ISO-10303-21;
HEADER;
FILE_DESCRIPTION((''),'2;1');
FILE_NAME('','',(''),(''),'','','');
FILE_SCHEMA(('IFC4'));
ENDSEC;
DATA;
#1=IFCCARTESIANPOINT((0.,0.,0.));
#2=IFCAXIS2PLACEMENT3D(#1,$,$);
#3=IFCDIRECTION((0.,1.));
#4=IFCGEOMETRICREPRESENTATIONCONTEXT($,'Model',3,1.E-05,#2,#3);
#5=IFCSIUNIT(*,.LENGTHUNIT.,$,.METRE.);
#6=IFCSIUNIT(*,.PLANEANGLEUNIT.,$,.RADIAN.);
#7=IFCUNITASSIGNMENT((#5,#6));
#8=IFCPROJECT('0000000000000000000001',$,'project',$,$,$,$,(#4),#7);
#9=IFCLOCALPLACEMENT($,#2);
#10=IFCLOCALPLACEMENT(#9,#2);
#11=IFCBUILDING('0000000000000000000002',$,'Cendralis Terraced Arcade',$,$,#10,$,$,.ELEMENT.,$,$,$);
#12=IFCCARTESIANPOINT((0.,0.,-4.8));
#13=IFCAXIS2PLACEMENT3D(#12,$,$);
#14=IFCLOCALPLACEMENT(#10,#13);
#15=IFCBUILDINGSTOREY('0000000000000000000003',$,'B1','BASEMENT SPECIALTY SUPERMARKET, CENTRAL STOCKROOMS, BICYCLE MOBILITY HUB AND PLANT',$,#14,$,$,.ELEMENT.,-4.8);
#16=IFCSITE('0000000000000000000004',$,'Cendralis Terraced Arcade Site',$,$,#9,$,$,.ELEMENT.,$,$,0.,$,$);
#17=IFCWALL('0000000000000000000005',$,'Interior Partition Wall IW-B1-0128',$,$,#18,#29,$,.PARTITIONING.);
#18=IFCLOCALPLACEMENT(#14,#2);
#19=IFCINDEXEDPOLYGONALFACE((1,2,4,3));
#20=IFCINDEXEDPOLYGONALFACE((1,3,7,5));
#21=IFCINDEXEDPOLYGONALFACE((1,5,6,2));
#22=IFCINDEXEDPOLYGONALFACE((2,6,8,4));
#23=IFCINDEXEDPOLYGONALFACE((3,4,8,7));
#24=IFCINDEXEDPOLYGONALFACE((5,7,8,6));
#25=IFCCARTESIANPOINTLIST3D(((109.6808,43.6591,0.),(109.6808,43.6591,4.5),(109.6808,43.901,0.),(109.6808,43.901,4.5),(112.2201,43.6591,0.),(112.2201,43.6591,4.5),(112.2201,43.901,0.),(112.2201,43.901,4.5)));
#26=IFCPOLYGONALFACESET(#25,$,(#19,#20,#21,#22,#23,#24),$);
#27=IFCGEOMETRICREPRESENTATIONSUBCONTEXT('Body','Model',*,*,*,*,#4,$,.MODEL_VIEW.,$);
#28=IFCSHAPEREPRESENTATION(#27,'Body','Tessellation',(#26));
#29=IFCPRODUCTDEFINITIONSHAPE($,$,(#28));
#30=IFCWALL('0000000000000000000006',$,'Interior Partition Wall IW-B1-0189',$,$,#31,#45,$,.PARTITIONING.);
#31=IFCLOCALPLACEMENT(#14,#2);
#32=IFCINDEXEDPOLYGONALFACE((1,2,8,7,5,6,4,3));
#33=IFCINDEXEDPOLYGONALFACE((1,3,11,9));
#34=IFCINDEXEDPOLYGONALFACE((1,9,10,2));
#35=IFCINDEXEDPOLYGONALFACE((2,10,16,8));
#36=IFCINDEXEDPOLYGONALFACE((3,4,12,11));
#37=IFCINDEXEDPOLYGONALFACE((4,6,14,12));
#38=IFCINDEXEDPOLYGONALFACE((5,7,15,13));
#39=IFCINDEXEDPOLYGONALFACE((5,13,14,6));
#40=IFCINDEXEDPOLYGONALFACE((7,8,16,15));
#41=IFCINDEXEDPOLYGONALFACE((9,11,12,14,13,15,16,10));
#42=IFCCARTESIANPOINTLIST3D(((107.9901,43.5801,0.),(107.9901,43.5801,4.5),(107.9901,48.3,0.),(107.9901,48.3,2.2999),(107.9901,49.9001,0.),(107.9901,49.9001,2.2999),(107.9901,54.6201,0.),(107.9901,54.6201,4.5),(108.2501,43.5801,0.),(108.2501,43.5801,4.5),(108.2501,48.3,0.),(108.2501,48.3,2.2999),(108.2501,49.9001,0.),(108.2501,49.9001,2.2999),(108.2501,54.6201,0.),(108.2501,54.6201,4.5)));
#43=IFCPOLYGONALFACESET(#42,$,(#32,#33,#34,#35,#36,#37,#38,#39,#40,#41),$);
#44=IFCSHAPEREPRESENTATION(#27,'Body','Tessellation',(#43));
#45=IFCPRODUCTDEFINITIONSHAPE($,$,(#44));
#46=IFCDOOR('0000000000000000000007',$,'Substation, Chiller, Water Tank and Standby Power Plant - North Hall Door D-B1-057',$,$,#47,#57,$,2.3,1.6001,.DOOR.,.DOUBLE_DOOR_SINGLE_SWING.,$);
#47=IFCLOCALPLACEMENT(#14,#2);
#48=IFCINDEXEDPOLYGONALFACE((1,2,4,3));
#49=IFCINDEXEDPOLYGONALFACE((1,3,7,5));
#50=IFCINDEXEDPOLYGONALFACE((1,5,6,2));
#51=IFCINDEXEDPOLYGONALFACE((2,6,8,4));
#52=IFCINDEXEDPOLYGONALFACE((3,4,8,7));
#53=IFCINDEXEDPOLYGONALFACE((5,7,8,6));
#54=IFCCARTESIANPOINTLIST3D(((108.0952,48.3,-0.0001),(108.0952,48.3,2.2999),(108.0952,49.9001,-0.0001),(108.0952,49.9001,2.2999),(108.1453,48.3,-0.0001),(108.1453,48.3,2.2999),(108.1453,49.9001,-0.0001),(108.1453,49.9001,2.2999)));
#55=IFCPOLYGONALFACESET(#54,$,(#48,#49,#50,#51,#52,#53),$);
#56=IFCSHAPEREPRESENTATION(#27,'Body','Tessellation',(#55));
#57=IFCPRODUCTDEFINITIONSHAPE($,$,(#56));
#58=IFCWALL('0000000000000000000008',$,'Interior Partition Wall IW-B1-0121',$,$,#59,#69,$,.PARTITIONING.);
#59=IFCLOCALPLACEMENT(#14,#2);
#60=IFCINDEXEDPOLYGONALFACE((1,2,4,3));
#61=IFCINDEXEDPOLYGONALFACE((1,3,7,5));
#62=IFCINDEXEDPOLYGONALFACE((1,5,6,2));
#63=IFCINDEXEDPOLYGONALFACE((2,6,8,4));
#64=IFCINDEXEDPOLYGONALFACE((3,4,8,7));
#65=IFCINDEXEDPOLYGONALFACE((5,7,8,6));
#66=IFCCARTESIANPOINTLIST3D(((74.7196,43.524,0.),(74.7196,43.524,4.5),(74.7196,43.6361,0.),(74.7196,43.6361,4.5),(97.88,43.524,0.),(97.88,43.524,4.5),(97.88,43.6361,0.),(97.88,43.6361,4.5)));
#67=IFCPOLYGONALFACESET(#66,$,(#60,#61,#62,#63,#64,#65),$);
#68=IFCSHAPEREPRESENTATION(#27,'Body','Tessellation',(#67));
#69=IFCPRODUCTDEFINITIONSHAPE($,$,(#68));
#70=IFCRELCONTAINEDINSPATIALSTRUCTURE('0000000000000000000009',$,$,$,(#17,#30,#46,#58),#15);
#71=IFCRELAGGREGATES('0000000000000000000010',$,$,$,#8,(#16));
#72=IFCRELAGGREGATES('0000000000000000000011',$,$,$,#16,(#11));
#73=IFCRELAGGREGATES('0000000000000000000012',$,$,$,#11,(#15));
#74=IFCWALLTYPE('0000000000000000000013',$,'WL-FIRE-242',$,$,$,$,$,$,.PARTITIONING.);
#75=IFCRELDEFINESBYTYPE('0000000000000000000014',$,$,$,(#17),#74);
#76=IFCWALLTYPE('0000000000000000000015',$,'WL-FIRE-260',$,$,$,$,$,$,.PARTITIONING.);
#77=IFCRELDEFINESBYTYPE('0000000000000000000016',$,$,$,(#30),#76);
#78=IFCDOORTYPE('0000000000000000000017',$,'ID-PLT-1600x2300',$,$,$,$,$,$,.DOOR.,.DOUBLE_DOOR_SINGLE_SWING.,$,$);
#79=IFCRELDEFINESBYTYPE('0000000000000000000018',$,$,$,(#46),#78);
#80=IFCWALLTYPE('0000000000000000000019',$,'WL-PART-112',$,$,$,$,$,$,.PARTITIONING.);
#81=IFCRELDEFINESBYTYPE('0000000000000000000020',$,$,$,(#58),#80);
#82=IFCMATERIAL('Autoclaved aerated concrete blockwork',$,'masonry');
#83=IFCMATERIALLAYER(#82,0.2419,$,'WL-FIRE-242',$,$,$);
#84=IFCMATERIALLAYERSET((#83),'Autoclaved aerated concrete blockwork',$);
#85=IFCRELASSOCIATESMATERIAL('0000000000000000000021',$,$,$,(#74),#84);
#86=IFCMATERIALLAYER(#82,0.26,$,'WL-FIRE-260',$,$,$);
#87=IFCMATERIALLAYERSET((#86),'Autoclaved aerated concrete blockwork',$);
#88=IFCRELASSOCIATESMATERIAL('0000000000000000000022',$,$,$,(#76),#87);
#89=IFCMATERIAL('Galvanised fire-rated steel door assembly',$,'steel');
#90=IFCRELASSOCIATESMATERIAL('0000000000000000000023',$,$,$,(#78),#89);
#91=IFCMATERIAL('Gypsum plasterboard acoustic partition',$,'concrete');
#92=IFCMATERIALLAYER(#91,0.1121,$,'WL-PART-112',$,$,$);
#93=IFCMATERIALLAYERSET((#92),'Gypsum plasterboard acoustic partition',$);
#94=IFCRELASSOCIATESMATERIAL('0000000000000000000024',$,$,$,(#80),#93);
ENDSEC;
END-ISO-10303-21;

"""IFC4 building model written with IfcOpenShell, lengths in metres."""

from ifc_helpers import new_model, si_unit, direction, frame, frame_2d, origin, place, context, subcontext, project, spatial, rectangle, extrude, material, layer, layer_set, type_object, element, fill, save


model = new_model("IFC4")

# Units and contexts
model_context = context("Model", 3, precision=1e-05, world=origin(), true_north=direction((0.0, 1.0)))
body_context = subcontext(model_context, "Body", "Model", "MODEL_VIEW")
ifc_project = project(units=[si_unit("LENGTHUNIT", "METRE"), si_unit("PLANEANGLEUNIT", "RADIAN")], contexts=[model_context])

# Site, building, storey
site_placement = place(None, origin())
site = spatial("IfcSite", under=ifc_project, at=site_placement, Name="Cendralis Terraced Arcade Site", CompositionType="ELEMENT", RefElevation=0.0)
building_placement = place(site_placement, origin())
building = spatial("IfcBuilding", under=site, at=building_placement, Name="Cendralis Terraced Arcade", CompositionType="ELEMENT")
storey_placement = place(building_placement, frame((0.0, 0.0, -4.8)))
storey = spatial("IfcBuildingStorey", under=building, at=storey_placement, Name="B1", Description="BASEMENT SPECIALTY SUPERMARKET, CENTRAL STOCKROOMS, BICYCLE MOBILITY HUB AND PLANT", CompositionType="ELEMENT", Elevation=-4.8)

# Wall
ifc_material_1 = material(Name="Autoclaved aerated concrete blockwork", Category="masonry")
ifc_layer_1 = layer(ifc_material_1, 0.2419, Name="WL-FIRE-242")
ifc_layer_set_1 = layer_set([ifc_layer_1], Name="Autoclaved aerated concrete blockwork")
wall_type_1 = type_object("IfcWallType", Name="WL-FIRE-242", PredefinedType="PARTITIONING", material=ifc_layer_set_1)
wall_1_placement = place(storey_placement, frame((112.22, 43.78, 0.0), z_axis=(0.0, 0.0, 1.0), x_axis=(-1.0, 0.0, 0.0)))
element("IfcWall", 1, at=wall_1_placement, inside=storey, type_object=wall_type_1, Name="Interior Partition Wall IW-B1-0128", PredefinedType="PARTITIONING", context=body_context, shape_type="SweptSolid", body=[
    extrude(rectangle(XDim=2.5393, YDim=0.2419, at=frame_2d((1.2695, 0.0))), origin(), (0.0, 0.0, 1.0), 4.5),
])

# Wall, opening, door
ifc_layer_2 = layer(ifc_material_1, 0.26, Name="WL-FIRE-260")
ifc_layer_set_2 = layer_set([ifc_layer_2], Name="Autoclaved aerated concrete blockwork")
wall_type_2 = type_object("IfcWallType", Name="WL-FIRE-260", PredefinedType="PARTITIONING", material=ifc_layer_set_2)
wall_2_placement = place(storey_placement, frame((108.1201, 43.5801, 0.0), z_axis=(0.0, 0.0, 1.0), x_axis=(0.0, 1.0, 0.0)))
wall_2 = element("IfcWall", 2, at=wall_2_placement, inside=storey, type_object=wall_type_2, Name="Interior Partition Wall IW-B1-0189", PredefinedType="PARTITIONING", context=body_context, shape_type="SweptSolid", body=[
    extrude(rectangle(XDim=11.04, YDim=0.26, at=frame_2d((5.52, 0.0))), origin(), (0.0, 0.0, 1.0), 4.5),
])
opening_placement = place(wall_2_placement, frame((4.72, 0.0, 0.0)))
opening = element("IfcOpeningElement", 3, at=opening_placement, cuts=wall_2, PredefinedType="OPENING", context=body_context, shape_type="SweptSolid", body=[
    extrude(rectangle(XDim=1.6001, YDim=2.3, at=frame_2d((0.8, 1.1499))), frame((0.0, 0.1421, 0.0), z_axis=(0.0, -1.0, 0.0), x_axis=(1.0, 0.0, 0.0)), (0.0, 0.0, 1.0), 0.2839),
])
ifc_material_2 = material(Name="Galvanised fire-rated steel door assembly", Category="steel")
door_type = type_object("IfcDoorType", Name="ID-PLT-1600x2300", OperationType="DOUBLE_DOOR_SINGLE_SWING", PredefinedType="DOOR", material=ifc_material_2)
door_placement = place(opening_placement, origin())
door = element("IfcDoor", 4, at=door_placement, inside=storey, type_object=door_type, Name="Substation, Chiller, Water Tank and Standby Power Plant - North Hall Door D-B1-057", OperationType="DOUBLE_DOOR_SINGLE_SWING", OverallHeight=2.3, OverallWidth=1.6001, PredefinedType="DOOR", context=body_context, shape_type="SweptSolid", body=[
    extrude(rectangle(XDim=1.6001, YDim=2.3, at=frame_2d((0.8, 1.1499))), frame((0.0, 0.0249, 0.0), z_axis=(0.0, -1.0, 0.0), x_axis=(1.0, 0.0, 0.0)), (0.0, 0.0, 1.0), 0.05),
])
fill(opening, door)

# Wall
ifc_material_3 = material(Name="Gypsum plasterboard acoustic partition", Category="concrete")
ifc_layer_3 = layer(ifc_material_3, 0.1121, Name="WL-PART-112")
ifc_layer_set_3 = layer_set([ifc_layer_3], Name="Gypsum plasterboard acoustic partition")
wall_type_3 = type_object("IfcWallType", Name="WL-PART-112", PredefinedType="PARTITIONING", material=ifc_layer_set_3)
wall_3_placement = place(storey_placement, frame((97.8799, 43.5801, 0.0), z_axis=(0.0, 0.0, 1.0), x_axis=(-1.0, 0.0, 0.0)))
element("IfcWall", 5, at=wall_3_placement, inside=storey, type_object=wall_type_3, Name="Interior Partition Wall IW-B1-0121", PredefinedType="PARTITIONING", context=body_context, shape_type="SweptSolid", body=[
    extrude(rectangle(XDim=23.1604, YDim=0.1121, at=frame_2d((11.5801, 0.0))), origin(), (0.0, 0.0, 1.0), 4.5),
])

save(model, "model.ifc")
